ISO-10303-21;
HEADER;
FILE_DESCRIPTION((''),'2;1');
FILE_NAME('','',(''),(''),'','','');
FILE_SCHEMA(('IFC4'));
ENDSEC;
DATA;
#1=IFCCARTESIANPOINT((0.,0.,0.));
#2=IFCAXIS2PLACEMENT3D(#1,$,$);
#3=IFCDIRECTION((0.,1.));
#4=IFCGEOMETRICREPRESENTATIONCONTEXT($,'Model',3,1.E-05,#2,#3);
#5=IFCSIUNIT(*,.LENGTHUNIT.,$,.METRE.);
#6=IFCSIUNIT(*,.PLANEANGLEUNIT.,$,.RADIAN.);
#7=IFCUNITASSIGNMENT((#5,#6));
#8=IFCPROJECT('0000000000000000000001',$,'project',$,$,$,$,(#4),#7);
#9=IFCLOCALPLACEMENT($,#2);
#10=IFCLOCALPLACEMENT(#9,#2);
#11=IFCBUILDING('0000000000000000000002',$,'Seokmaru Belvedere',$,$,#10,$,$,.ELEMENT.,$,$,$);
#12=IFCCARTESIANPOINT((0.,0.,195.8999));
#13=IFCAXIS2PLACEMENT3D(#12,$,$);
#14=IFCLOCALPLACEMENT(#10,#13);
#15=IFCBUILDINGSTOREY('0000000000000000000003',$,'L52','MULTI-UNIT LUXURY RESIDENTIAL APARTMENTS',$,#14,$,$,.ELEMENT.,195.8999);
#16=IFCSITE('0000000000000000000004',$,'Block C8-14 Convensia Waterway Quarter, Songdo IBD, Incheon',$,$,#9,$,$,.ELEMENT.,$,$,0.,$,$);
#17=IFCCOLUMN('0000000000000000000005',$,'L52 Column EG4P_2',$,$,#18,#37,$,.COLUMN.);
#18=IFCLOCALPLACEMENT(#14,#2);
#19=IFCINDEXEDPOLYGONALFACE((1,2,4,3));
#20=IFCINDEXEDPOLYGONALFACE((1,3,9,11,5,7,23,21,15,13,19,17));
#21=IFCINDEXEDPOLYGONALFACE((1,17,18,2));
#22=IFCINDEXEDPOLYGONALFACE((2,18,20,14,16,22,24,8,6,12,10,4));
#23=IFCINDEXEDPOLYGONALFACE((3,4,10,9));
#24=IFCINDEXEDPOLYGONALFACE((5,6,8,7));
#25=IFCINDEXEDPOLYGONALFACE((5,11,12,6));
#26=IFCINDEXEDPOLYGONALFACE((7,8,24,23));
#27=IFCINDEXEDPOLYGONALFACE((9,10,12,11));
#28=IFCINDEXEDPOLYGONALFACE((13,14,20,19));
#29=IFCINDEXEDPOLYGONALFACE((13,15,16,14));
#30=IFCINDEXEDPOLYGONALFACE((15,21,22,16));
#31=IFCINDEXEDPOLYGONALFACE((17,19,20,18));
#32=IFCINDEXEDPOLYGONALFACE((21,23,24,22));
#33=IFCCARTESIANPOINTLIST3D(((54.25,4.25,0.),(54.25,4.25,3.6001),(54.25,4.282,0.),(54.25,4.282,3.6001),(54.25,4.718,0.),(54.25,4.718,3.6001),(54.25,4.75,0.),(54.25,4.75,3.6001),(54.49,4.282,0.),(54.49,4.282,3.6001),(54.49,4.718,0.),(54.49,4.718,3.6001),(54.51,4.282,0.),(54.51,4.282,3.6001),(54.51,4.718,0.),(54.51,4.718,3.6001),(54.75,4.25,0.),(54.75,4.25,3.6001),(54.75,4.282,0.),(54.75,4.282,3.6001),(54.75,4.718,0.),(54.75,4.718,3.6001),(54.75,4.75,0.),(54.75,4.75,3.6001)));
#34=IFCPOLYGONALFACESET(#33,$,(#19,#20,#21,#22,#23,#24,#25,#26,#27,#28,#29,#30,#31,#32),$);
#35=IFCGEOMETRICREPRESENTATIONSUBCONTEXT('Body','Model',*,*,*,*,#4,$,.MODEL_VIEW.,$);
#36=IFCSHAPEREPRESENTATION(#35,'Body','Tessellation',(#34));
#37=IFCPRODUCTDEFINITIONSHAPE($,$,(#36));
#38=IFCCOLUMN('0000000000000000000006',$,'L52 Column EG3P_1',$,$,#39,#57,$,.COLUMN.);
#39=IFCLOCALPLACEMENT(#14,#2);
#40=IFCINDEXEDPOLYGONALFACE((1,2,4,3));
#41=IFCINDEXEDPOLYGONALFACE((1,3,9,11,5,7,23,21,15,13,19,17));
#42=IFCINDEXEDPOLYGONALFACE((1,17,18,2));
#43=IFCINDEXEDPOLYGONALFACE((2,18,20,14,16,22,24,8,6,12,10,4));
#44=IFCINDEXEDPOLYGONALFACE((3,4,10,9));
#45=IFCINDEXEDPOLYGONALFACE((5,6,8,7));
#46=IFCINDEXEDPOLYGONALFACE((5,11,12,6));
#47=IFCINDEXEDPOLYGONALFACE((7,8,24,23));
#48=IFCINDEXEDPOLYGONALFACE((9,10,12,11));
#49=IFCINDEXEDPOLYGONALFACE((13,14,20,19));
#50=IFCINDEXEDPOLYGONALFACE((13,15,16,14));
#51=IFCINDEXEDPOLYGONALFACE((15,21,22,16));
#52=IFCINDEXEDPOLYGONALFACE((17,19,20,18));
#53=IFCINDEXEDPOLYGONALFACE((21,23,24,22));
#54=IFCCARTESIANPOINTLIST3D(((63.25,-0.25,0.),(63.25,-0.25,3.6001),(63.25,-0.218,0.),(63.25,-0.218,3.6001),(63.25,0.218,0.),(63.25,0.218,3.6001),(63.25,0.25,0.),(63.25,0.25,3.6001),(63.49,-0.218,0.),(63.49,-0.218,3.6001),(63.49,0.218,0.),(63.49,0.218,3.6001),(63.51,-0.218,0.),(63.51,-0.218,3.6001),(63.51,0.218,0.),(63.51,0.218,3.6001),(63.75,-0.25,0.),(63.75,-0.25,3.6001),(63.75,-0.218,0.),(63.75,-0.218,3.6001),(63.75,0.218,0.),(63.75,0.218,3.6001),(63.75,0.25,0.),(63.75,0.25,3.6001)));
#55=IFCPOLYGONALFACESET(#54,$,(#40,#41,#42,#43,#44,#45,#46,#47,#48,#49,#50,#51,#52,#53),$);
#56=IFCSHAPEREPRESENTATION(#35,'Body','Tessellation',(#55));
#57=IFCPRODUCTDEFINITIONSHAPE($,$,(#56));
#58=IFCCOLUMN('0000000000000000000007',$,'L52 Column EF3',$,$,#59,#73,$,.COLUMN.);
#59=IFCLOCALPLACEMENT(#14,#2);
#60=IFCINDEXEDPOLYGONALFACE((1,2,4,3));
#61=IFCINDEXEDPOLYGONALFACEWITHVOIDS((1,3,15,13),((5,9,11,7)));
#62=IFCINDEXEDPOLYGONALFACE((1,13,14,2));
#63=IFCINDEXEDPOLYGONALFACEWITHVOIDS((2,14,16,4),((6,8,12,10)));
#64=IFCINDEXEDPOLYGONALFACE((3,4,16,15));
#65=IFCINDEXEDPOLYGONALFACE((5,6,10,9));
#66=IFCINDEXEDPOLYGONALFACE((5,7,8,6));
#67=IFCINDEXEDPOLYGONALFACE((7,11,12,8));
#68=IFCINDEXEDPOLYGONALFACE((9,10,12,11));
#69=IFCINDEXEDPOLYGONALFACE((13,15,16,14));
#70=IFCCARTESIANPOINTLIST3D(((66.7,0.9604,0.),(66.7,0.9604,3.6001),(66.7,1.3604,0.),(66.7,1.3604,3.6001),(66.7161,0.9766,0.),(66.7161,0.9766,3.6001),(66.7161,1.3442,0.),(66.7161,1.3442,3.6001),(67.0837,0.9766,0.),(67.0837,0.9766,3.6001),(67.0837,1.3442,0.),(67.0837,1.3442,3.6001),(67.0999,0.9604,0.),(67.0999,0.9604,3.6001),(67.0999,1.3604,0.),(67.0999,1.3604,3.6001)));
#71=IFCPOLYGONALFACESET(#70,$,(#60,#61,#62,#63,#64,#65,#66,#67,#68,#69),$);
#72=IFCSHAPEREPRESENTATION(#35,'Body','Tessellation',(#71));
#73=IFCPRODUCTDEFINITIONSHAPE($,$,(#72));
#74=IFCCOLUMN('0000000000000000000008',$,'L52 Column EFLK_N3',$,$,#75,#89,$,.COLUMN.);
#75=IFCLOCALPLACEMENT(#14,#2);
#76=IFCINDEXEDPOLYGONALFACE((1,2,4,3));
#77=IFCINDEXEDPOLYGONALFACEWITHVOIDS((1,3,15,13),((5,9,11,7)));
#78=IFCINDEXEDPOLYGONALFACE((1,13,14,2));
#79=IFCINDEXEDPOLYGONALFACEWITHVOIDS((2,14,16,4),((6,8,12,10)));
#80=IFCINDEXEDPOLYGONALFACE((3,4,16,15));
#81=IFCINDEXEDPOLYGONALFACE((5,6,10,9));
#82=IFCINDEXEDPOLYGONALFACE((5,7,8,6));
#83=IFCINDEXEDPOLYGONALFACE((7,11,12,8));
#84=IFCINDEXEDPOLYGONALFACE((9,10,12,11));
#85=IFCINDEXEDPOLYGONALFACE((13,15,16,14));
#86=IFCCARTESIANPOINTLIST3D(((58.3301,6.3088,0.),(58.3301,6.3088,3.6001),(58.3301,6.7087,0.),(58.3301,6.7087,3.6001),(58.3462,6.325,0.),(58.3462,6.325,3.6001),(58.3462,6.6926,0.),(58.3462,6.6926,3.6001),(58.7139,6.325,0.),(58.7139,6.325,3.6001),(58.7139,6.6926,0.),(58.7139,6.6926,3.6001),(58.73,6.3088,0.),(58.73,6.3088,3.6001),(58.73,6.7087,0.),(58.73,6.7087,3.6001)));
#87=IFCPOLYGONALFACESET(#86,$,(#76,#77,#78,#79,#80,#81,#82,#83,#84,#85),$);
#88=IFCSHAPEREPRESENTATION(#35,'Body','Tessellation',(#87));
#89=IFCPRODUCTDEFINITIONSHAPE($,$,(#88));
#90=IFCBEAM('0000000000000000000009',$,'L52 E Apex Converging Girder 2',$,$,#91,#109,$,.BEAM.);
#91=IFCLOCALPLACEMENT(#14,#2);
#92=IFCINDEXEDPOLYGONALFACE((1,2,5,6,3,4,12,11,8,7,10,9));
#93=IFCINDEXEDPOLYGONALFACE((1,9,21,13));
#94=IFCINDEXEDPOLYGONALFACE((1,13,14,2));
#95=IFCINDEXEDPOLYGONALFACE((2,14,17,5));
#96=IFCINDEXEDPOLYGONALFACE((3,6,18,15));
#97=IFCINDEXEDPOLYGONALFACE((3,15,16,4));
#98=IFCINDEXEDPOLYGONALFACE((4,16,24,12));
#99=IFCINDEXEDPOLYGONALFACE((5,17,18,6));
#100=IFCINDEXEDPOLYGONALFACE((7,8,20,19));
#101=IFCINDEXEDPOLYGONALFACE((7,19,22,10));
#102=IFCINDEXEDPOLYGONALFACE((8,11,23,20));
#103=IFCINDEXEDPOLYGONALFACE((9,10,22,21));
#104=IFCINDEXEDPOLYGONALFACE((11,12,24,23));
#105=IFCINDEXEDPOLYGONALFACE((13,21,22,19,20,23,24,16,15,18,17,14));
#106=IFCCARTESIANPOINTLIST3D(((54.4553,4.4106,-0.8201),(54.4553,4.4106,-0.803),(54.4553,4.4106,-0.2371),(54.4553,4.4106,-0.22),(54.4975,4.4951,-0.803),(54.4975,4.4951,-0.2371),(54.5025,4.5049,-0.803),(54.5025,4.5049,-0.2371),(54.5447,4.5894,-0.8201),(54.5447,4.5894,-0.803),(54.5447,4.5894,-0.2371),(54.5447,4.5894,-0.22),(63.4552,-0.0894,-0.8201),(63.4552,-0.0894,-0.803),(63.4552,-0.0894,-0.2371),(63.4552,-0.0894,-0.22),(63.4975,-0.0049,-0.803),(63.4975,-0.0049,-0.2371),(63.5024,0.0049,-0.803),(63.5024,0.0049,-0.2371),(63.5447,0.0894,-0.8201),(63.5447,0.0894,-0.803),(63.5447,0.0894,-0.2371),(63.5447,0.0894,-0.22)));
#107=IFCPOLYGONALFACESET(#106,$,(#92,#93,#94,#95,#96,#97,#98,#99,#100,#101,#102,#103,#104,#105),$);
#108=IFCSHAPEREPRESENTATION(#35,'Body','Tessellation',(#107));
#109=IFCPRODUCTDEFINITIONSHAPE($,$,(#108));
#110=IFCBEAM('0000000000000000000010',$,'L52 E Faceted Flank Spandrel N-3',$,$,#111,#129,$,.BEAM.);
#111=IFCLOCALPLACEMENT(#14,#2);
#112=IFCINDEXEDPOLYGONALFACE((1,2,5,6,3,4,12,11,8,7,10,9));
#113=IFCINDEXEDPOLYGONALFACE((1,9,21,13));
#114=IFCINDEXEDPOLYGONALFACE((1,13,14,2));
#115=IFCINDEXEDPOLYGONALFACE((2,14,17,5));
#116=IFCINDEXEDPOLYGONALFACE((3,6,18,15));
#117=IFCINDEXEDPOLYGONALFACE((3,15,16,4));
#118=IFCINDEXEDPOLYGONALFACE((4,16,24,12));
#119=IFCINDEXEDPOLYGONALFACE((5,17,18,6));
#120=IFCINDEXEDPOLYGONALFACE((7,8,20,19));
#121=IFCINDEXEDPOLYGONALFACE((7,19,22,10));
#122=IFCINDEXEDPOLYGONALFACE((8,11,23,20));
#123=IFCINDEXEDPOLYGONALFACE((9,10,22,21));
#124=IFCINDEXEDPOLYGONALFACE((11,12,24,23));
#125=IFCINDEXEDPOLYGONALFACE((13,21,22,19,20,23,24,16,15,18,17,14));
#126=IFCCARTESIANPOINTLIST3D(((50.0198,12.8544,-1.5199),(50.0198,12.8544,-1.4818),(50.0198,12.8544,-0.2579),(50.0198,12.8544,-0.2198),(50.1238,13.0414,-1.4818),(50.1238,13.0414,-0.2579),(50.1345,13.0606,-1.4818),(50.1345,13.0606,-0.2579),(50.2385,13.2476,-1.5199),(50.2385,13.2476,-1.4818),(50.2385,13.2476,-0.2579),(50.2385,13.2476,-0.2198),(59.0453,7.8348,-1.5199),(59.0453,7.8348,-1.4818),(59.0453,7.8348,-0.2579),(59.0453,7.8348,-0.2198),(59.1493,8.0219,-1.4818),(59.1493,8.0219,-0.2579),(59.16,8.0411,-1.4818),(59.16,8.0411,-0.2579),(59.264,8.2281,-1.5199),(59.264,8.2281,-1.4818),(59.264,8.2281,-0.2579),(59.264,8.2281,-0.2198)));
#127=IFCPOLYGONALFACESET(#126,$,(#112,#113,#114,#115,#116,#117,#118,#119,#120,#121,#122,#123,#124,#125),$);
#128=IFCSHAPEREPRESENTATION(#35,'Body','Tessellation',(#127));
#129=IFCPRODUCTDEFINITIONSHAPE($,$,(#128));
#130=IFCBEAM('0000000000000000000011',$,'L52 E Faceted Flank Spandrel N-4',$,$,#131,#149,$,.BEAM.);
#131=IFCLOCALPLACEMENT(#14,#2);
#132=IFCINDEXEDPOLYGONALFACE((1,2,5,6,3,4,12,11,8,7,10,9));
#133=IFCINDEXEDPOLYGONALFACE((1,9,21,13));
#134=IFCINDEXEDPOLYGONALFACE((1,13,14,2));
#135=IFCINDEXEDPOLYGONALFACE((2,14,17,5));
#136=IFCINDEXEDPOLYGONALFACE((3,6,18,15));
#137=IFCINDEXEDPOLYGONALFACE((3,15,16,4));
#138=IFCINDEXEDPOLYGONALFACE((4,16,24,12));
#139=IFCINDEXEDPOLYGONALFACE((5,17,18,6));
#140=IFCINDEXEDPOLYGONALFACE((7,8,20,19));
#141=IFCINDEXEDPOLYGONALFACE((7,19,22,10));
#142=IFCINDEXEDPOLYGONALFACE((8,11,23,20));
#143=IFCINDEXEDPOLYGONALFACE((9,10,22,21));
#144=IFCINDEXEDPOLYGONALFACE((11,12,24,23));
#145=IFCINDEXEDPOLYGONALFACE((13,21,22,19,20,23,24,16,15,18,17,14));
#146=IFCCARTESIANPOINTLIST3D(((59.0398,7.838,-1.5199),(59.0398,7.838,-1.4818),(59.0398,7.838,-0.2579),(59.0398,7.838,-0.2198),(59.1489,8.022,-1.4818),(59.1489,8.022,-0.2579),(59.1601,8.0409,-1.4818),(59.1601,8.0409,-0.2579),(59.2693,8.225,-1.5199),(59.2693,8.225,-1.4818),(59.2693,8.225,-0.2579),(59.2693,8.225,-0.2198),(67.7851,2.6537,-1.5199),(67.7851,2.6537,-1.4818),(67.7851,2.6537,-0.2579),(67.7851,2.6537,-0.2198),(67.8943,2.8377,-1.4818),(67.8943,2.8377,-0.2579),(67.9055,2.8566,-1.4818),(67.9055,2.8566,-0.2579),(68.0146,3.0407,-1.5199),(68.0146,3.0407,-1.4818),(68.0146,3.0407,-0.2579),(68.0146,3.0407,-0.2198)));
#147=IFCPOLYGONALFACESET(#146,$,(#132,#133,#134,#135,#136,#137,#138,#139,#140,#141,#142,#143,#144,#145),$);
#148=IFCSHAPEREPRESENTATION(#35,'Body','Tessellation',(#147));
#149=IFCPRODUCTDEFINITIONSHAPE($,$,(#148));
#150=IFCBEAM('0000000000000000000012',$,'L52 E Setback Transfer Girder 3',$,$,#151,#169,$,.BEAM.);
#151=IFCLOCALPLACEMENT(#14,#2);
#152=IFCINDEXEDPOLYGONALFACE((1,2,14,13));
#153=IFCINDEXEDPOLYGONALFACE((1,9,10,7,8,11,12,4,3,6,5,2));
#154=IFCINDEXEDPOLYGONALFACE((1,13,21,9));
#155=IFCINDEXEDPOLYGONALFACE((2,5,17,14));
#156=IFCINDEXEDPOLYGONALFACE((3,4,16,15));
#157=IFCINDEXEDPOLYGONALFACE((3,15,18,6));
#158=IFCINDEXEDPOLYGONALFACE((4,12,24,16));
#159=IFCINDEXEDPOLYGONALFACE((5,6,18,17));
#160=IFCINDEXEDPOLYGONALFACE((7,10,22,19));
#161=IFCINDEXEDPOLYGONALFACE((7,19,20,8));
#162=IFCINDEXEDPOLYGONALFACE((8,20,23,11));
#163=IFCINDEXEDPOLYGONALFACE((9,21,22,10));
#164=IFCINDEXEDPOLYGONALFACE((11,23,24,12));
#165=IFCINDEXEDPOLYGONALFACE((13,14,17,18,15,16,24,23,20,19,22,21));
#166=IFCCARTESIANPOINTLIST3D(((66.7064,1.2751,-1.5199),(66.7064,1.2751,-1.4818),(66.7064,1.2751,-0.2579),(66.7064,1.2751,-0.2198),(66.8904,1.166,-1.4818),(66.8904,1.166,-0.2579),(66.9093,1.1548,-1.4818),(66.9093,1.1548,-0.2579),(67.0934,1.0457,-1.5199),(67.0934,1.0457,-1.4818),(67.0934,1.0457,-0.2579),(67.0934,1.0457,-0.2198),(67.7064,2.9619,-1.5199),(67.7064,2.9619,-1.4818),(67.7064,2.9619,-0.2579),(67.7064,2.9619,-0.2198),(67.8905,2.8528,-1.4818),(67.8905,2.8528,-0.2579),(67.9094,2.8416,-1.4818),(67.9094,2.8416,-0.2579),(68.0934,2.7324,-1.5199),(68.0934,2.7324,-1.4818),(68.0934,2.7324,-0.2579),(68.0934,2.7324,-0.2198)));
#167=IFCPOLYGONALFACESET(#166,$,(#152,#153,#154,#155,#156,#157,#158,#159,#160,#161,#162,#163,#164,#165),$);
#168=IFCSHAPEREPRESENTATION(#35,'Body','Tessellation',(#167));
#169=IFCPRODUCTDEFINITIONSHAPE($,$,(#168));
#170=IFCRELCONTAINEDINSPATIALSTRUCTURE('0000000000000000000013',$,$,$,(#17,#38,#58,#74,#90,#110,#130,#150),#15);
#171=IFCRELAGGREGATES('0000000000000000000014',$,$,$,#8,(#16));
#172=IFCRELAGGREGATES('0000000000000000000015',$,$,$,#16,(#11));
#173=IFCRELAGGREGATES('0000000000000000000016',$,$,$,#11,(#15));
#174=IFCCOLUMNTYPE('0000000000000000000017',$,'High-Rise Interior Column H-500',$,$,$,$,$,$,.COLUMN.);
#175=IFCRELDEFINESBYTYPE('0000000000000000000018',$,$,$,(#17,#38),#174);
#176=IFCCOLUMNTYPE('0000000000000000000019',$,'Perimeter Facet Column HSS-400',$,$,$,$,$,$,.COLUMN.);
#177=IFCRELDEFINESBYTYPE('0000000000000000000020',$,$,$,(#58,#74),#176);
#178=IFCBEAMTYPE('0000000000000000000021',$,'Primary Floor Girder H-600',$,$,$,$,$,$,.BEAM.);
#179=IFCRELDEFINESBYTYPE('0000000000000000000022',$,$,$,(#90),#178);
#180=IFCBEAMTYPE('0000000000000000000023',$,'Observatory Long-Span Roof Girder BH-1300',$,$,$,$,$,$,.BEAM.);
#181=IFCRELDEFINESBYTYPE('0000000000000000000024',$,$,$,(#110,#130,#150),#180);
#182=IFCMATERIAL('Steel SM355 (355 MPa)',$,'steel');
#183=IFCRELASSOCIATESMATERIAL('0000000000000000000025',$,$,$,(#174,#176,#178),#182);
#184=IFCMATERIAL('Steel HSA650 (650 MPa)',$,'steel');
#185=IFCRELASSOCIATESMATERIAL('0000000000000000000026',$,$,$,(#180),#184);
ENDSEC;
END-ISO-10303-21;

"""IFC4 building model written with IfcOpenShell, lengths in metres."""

from ifc_helpers import new_model, si_unit, direction, frame, origin, origin_2d, place, context, subcontext, project, spatial, hollow_rectangle, i_section, extrude, source, transform, mapped, material, material_profile, profile_set, type_object, type_shapes, element, save


model = new_model("IFC4")

# Units and contexts
model_context = context("Model", 3, precision=1e-05, world=origin(), true_north=direction((0.0, 1.0)))
body_context = subcontext(model_context, "Body", "Model", "MODEL_VIEW")
ifc_project = project(units=[si_unit("LENGTHUNIT", "METRE"), si_unit("PLANEANGLEUNIT", "RADIAN")], contexts=[model_context])

# Site, building, storey
site_placement = place(None, origin())
site = spatial("IfcSite", under=ifc_project, at=site_placement, Name="Block C8-14 Convensia Waterway Quarter, Songdo IBD, Incheon", CompositionType="ELEMENT", RefElevation=0.0)
building_placement = place(site_placement, origin())
building = spatial("IfcBuilding", under=site, at=building_placement, Name="Seokmaru Belvedere", CompositionType="ELEMENT")
storey_placement = place(building_placement, frame((0.0, 0.0, 195.8999)))
storey = spatial("IfcBuildingStorey", under=building, at=storey_placement, Name="L52", Description="MULTI-UNIT LUXURY RESIDENTIAL APARTMENTS", CompositionType="ELEMENT", Elevation=195.8999)

# Columns
ifc_material_1 = material(Name="Steel SM355 (355 MPa)", Category="steel")
ifc_material_profile_1 = material_profile(ifc_material_1, i_section(OverallWidth=0.5, OverallDepth=0.5, WebThickness=0.02, FlangeThickness=0.032, at=origin_2d()), Name="H-500x500x20x32")
ifc_profile_set_1 = profile_set([ifc_material_profile_1], Name="Steel SM355 (355 MPa)")
column_type_1 = type_object("IfcColumnType", Name="High-Rise Interior Column H-500", PredefinedType="COLUMN", material=ifc_profile_set_1)
shared_shape_1 = source(origin(), body_context, "Body", "SweptSolid", [
    extrude(i_section(OverallWidth=0.5, OverallDepth=0.5, WebThickness=0.02, FlangeThickness=0.032, at=origin_2d()), origin(), (0.0, 0.0, 1.0), 3.6001),
])
type_shapes(column_type_1, [shared_shape_1])
for number, where, z_axis, x_axis, name in (
    (1, (54.5, 4.5, 0.0), (0.0, 0.0, 1.0), (1.0, 0.0, 0.0), "L52 Column EG4P_2"),
    (2, (63.5, 0.0, 0.0), (0.0, 0.0, 1.0), (1.0, 0.0, 0.0), "L52 Column EG3P_1"),
):
    element("IfcColumn", number, at=place(storey_placement, frame(where, z_axis=z_axis, x_axis=x_axis)), inside=storey, type_object=column_type_1, Name=name, PredefinedType="COLUMN", context=body_context, shape_type="MappedRepresentation", body=[
        mapped(shared_shape_1, transform((0.0, 0.0, 0.0), scale=1.0)),
    ])
ifc_material_profile_2 = material_profile(ifc_material_1, hollow_rectangle(XDim=0.3999, YDim=0.3999, WallThickness=0.0161, at=origin_2d()), Name="HSS-400x400x16")
ifc_profile_set_2 = profile_set([ifc_material_profile_2], Name="Steel SM355 (355 MPa)")
column_type_2 = type_object("IfcColumnType", Name="Perimeter Facet Column HSS-400", PredefinedType="COLUMN", material=ifc_profile_set_2)
shared_shape_2 = source(origin(), body_context, "Body", "SweptSolid", [
    extrude(hollow_rectangle(XDim=0.3999, YDim=0.3999, WallThickness=0.0161, at=origin_2d()), origin(), (0.0, 0.0, 1.0), 3.6001),
])
type_shapes(column_type_2, [shared_shape_2])
for number, where, z_axis, x_axis, name in (
    (3, (66.8999, 1.1604, 0.0), (0.0, 0.0, 1.0), (1.0, 0.0, 0.0), "L52 Column EF3"),
    (4, (58.53, 6.5088, 0.0), (0.0, 0.0, 1.0), (1.0, 0.0, 0.0), "L52 Column EFLK_N3"),
):
    element("IfcColumn", number, at=place(storey_placement, frame(where, z_axis=z_axis, x_axis=x_axis)), inside=storey, type_object=column_type_2, Name=name, PredefinedType="COLUMN", context=body_context, shape_type="MappedRepresentation", body=[
        mapped(shared_shape_2, transform((0.0, 0.0, 0.0), scale=1.0)),
    ])

# Beams
ifc_material_profile_3 = material_profile(ifc_material_1, i_section(OverallWidth=0.2, OverallDepth=0.6001, WebThickness=0.011, FlangeThickness=0.0171, at=origin_2d()), Name="H-600x200x11x17")
ifc_profile_set_3 = profile_set([ifc_material_profile_3], Name="Steel SM355 (355 MPa)")
beam_type_1 = type_object("IfcBeamType", Name="Primary Floor Girder H-600", PredefinedType="BEAM", material=ifc_profile_set_3)
shared_shape_3 = source(origin(), body_context, "Body", "SweptSolid", [
    extrude(i_section(OverallWidth=0.2, OverallDepth=0.6001, WebThickness=0.011, FlangeThickness=0.0171, at=origin_2d()), origin(), (0.0, 0.0, 1.0), 10.0623),
])
type_shapes(beam_type_1, [shared_shape_3])
beam_1_placement = place(storey_placement, frame((54.5, 4.5, -0.52), z_axis=(0.894427, -0.447214, 0.0), x_axis=(0.447214, 0.894427, 0.0)))
element("IfcBeam", 5, at=beam_1_placement, inside=storey, type_object=beam_type_1, Name="L52 E Apex Converging Girder 2", PredefinedType="BEAM", context=body_context, shape_type="MappedRepresentation", body=[
    mapped(shared_shape_3, transform((0.0, 0.0, 0.0), scale=1.0)),
])
ifc_material_2 = material(Name="Steel HSA650 (650 MPa)", Category="steel")
ifc_material_profile_4 = material_profile(ifc_material_2, i_section(OverallWidth=0.45, OverallDepth=1.3, WebThickness=0.022, FlangeThickness=0.0381, at=origin_2d()), Name="BH-1300x450x22x38")
ifc_profile_set_4 = profile_set([ifc_material_profile_4], Name="Steel HSA650 (650 MPa)")
beam_type_2 = type_object("IfcBeamType", Name="Observatory Long-Span Roof Girder BH-1300", PredefinedType="BEAM", material=ifc_profile_set_4)
shared_shape_4 = source(origin(), body_context, "Body", "SweptSolid", [
    extrude(i_section(OverallWidth=0.45, OverallDepth=1.3, WebThickness=0.022, FlangeThickness=0.0381, at=origin_2d()), origin(), (0.0, 0.0, 1.0), 10.3274),
])
beam_2_placement = place(storey_placement, frame((50.1292, 13.051, -0.8699), z_axis=(0.873934, -0.486044, 0.0), x_axis=(0.486044, 0.873934, 0.0)))
element("IfcBeam", 6, at=beam_2_placement, inside=storey, type_object=beam_type_2, Name="L52 E Faceted Flank Spandrel N-3", PredefinedType="BEAM", context=body_context, shape_type="MappedRepresentation", body=[
    mapped(shared_shape_4, transform((0.0, 0.0, 0.0), scale=1.0)),
])
shared_shape_5 = source(origin(), body_context, "Body", "SweptSolid", [
    extrude(i_section(OverallWidth=0.45, OverallDepth=1.3, WebThickness=0.022, FlangeThickness=0.0381, at=origin_2d()), origin(), (0.0, 0.0, 1.0), 10.1665),
])
beam_3_placement = place(storey_placement, frame((59.1545, 8.0315, -0.8699), z_axis=(0.86021, -0.50994, 0.0), x_axis=(0.50994, 0.86021, 0.0)))
element("IfcBeam", 7, at=beam_3_placement, inside=storey, type_object=beam_type_2, Name="L52 E Faceted Flank Spandrel N-4", PredefinedType="BEAM", context=body_context, shape_type="MappedRepresentation", body=[
    mapped(shared_shape_5, transform((0.0, 0.0, 0.0), scale=1.0)),
])
shared_shape_6 = source(origin(), body_context, "Body", "SweptSolid", [
    extrude(i_section(OverallWidth=0.45, OverallDepth=1.3, WebThickness=0.022, FlangeThickness=0.0381, at=origin_2d()), origin(), (0.0, 0.0, 1.0), 1.9609),
])
beam_4_placement = place(storey_placement, frame((67.8999, 2.8472, -0.8699), z_axis=(-0.509966, -0.860194, 0.0), x_axis=(0.860194, -0.509966, 0.0)))
element("IfcBeam", 8, at=beam_4_placement, inside=storey, type_object=beam_type_2, Name="L52 E Setback Transfer Girder 3", PredefinedType="BEAM", context=body_context, shape_type="MappedRepresentation", body=[
    mapped(shared_shape_6, transform((0.0, 0.0, 0.0), scale=1.0)),
])

save(model, "model.ifc")
